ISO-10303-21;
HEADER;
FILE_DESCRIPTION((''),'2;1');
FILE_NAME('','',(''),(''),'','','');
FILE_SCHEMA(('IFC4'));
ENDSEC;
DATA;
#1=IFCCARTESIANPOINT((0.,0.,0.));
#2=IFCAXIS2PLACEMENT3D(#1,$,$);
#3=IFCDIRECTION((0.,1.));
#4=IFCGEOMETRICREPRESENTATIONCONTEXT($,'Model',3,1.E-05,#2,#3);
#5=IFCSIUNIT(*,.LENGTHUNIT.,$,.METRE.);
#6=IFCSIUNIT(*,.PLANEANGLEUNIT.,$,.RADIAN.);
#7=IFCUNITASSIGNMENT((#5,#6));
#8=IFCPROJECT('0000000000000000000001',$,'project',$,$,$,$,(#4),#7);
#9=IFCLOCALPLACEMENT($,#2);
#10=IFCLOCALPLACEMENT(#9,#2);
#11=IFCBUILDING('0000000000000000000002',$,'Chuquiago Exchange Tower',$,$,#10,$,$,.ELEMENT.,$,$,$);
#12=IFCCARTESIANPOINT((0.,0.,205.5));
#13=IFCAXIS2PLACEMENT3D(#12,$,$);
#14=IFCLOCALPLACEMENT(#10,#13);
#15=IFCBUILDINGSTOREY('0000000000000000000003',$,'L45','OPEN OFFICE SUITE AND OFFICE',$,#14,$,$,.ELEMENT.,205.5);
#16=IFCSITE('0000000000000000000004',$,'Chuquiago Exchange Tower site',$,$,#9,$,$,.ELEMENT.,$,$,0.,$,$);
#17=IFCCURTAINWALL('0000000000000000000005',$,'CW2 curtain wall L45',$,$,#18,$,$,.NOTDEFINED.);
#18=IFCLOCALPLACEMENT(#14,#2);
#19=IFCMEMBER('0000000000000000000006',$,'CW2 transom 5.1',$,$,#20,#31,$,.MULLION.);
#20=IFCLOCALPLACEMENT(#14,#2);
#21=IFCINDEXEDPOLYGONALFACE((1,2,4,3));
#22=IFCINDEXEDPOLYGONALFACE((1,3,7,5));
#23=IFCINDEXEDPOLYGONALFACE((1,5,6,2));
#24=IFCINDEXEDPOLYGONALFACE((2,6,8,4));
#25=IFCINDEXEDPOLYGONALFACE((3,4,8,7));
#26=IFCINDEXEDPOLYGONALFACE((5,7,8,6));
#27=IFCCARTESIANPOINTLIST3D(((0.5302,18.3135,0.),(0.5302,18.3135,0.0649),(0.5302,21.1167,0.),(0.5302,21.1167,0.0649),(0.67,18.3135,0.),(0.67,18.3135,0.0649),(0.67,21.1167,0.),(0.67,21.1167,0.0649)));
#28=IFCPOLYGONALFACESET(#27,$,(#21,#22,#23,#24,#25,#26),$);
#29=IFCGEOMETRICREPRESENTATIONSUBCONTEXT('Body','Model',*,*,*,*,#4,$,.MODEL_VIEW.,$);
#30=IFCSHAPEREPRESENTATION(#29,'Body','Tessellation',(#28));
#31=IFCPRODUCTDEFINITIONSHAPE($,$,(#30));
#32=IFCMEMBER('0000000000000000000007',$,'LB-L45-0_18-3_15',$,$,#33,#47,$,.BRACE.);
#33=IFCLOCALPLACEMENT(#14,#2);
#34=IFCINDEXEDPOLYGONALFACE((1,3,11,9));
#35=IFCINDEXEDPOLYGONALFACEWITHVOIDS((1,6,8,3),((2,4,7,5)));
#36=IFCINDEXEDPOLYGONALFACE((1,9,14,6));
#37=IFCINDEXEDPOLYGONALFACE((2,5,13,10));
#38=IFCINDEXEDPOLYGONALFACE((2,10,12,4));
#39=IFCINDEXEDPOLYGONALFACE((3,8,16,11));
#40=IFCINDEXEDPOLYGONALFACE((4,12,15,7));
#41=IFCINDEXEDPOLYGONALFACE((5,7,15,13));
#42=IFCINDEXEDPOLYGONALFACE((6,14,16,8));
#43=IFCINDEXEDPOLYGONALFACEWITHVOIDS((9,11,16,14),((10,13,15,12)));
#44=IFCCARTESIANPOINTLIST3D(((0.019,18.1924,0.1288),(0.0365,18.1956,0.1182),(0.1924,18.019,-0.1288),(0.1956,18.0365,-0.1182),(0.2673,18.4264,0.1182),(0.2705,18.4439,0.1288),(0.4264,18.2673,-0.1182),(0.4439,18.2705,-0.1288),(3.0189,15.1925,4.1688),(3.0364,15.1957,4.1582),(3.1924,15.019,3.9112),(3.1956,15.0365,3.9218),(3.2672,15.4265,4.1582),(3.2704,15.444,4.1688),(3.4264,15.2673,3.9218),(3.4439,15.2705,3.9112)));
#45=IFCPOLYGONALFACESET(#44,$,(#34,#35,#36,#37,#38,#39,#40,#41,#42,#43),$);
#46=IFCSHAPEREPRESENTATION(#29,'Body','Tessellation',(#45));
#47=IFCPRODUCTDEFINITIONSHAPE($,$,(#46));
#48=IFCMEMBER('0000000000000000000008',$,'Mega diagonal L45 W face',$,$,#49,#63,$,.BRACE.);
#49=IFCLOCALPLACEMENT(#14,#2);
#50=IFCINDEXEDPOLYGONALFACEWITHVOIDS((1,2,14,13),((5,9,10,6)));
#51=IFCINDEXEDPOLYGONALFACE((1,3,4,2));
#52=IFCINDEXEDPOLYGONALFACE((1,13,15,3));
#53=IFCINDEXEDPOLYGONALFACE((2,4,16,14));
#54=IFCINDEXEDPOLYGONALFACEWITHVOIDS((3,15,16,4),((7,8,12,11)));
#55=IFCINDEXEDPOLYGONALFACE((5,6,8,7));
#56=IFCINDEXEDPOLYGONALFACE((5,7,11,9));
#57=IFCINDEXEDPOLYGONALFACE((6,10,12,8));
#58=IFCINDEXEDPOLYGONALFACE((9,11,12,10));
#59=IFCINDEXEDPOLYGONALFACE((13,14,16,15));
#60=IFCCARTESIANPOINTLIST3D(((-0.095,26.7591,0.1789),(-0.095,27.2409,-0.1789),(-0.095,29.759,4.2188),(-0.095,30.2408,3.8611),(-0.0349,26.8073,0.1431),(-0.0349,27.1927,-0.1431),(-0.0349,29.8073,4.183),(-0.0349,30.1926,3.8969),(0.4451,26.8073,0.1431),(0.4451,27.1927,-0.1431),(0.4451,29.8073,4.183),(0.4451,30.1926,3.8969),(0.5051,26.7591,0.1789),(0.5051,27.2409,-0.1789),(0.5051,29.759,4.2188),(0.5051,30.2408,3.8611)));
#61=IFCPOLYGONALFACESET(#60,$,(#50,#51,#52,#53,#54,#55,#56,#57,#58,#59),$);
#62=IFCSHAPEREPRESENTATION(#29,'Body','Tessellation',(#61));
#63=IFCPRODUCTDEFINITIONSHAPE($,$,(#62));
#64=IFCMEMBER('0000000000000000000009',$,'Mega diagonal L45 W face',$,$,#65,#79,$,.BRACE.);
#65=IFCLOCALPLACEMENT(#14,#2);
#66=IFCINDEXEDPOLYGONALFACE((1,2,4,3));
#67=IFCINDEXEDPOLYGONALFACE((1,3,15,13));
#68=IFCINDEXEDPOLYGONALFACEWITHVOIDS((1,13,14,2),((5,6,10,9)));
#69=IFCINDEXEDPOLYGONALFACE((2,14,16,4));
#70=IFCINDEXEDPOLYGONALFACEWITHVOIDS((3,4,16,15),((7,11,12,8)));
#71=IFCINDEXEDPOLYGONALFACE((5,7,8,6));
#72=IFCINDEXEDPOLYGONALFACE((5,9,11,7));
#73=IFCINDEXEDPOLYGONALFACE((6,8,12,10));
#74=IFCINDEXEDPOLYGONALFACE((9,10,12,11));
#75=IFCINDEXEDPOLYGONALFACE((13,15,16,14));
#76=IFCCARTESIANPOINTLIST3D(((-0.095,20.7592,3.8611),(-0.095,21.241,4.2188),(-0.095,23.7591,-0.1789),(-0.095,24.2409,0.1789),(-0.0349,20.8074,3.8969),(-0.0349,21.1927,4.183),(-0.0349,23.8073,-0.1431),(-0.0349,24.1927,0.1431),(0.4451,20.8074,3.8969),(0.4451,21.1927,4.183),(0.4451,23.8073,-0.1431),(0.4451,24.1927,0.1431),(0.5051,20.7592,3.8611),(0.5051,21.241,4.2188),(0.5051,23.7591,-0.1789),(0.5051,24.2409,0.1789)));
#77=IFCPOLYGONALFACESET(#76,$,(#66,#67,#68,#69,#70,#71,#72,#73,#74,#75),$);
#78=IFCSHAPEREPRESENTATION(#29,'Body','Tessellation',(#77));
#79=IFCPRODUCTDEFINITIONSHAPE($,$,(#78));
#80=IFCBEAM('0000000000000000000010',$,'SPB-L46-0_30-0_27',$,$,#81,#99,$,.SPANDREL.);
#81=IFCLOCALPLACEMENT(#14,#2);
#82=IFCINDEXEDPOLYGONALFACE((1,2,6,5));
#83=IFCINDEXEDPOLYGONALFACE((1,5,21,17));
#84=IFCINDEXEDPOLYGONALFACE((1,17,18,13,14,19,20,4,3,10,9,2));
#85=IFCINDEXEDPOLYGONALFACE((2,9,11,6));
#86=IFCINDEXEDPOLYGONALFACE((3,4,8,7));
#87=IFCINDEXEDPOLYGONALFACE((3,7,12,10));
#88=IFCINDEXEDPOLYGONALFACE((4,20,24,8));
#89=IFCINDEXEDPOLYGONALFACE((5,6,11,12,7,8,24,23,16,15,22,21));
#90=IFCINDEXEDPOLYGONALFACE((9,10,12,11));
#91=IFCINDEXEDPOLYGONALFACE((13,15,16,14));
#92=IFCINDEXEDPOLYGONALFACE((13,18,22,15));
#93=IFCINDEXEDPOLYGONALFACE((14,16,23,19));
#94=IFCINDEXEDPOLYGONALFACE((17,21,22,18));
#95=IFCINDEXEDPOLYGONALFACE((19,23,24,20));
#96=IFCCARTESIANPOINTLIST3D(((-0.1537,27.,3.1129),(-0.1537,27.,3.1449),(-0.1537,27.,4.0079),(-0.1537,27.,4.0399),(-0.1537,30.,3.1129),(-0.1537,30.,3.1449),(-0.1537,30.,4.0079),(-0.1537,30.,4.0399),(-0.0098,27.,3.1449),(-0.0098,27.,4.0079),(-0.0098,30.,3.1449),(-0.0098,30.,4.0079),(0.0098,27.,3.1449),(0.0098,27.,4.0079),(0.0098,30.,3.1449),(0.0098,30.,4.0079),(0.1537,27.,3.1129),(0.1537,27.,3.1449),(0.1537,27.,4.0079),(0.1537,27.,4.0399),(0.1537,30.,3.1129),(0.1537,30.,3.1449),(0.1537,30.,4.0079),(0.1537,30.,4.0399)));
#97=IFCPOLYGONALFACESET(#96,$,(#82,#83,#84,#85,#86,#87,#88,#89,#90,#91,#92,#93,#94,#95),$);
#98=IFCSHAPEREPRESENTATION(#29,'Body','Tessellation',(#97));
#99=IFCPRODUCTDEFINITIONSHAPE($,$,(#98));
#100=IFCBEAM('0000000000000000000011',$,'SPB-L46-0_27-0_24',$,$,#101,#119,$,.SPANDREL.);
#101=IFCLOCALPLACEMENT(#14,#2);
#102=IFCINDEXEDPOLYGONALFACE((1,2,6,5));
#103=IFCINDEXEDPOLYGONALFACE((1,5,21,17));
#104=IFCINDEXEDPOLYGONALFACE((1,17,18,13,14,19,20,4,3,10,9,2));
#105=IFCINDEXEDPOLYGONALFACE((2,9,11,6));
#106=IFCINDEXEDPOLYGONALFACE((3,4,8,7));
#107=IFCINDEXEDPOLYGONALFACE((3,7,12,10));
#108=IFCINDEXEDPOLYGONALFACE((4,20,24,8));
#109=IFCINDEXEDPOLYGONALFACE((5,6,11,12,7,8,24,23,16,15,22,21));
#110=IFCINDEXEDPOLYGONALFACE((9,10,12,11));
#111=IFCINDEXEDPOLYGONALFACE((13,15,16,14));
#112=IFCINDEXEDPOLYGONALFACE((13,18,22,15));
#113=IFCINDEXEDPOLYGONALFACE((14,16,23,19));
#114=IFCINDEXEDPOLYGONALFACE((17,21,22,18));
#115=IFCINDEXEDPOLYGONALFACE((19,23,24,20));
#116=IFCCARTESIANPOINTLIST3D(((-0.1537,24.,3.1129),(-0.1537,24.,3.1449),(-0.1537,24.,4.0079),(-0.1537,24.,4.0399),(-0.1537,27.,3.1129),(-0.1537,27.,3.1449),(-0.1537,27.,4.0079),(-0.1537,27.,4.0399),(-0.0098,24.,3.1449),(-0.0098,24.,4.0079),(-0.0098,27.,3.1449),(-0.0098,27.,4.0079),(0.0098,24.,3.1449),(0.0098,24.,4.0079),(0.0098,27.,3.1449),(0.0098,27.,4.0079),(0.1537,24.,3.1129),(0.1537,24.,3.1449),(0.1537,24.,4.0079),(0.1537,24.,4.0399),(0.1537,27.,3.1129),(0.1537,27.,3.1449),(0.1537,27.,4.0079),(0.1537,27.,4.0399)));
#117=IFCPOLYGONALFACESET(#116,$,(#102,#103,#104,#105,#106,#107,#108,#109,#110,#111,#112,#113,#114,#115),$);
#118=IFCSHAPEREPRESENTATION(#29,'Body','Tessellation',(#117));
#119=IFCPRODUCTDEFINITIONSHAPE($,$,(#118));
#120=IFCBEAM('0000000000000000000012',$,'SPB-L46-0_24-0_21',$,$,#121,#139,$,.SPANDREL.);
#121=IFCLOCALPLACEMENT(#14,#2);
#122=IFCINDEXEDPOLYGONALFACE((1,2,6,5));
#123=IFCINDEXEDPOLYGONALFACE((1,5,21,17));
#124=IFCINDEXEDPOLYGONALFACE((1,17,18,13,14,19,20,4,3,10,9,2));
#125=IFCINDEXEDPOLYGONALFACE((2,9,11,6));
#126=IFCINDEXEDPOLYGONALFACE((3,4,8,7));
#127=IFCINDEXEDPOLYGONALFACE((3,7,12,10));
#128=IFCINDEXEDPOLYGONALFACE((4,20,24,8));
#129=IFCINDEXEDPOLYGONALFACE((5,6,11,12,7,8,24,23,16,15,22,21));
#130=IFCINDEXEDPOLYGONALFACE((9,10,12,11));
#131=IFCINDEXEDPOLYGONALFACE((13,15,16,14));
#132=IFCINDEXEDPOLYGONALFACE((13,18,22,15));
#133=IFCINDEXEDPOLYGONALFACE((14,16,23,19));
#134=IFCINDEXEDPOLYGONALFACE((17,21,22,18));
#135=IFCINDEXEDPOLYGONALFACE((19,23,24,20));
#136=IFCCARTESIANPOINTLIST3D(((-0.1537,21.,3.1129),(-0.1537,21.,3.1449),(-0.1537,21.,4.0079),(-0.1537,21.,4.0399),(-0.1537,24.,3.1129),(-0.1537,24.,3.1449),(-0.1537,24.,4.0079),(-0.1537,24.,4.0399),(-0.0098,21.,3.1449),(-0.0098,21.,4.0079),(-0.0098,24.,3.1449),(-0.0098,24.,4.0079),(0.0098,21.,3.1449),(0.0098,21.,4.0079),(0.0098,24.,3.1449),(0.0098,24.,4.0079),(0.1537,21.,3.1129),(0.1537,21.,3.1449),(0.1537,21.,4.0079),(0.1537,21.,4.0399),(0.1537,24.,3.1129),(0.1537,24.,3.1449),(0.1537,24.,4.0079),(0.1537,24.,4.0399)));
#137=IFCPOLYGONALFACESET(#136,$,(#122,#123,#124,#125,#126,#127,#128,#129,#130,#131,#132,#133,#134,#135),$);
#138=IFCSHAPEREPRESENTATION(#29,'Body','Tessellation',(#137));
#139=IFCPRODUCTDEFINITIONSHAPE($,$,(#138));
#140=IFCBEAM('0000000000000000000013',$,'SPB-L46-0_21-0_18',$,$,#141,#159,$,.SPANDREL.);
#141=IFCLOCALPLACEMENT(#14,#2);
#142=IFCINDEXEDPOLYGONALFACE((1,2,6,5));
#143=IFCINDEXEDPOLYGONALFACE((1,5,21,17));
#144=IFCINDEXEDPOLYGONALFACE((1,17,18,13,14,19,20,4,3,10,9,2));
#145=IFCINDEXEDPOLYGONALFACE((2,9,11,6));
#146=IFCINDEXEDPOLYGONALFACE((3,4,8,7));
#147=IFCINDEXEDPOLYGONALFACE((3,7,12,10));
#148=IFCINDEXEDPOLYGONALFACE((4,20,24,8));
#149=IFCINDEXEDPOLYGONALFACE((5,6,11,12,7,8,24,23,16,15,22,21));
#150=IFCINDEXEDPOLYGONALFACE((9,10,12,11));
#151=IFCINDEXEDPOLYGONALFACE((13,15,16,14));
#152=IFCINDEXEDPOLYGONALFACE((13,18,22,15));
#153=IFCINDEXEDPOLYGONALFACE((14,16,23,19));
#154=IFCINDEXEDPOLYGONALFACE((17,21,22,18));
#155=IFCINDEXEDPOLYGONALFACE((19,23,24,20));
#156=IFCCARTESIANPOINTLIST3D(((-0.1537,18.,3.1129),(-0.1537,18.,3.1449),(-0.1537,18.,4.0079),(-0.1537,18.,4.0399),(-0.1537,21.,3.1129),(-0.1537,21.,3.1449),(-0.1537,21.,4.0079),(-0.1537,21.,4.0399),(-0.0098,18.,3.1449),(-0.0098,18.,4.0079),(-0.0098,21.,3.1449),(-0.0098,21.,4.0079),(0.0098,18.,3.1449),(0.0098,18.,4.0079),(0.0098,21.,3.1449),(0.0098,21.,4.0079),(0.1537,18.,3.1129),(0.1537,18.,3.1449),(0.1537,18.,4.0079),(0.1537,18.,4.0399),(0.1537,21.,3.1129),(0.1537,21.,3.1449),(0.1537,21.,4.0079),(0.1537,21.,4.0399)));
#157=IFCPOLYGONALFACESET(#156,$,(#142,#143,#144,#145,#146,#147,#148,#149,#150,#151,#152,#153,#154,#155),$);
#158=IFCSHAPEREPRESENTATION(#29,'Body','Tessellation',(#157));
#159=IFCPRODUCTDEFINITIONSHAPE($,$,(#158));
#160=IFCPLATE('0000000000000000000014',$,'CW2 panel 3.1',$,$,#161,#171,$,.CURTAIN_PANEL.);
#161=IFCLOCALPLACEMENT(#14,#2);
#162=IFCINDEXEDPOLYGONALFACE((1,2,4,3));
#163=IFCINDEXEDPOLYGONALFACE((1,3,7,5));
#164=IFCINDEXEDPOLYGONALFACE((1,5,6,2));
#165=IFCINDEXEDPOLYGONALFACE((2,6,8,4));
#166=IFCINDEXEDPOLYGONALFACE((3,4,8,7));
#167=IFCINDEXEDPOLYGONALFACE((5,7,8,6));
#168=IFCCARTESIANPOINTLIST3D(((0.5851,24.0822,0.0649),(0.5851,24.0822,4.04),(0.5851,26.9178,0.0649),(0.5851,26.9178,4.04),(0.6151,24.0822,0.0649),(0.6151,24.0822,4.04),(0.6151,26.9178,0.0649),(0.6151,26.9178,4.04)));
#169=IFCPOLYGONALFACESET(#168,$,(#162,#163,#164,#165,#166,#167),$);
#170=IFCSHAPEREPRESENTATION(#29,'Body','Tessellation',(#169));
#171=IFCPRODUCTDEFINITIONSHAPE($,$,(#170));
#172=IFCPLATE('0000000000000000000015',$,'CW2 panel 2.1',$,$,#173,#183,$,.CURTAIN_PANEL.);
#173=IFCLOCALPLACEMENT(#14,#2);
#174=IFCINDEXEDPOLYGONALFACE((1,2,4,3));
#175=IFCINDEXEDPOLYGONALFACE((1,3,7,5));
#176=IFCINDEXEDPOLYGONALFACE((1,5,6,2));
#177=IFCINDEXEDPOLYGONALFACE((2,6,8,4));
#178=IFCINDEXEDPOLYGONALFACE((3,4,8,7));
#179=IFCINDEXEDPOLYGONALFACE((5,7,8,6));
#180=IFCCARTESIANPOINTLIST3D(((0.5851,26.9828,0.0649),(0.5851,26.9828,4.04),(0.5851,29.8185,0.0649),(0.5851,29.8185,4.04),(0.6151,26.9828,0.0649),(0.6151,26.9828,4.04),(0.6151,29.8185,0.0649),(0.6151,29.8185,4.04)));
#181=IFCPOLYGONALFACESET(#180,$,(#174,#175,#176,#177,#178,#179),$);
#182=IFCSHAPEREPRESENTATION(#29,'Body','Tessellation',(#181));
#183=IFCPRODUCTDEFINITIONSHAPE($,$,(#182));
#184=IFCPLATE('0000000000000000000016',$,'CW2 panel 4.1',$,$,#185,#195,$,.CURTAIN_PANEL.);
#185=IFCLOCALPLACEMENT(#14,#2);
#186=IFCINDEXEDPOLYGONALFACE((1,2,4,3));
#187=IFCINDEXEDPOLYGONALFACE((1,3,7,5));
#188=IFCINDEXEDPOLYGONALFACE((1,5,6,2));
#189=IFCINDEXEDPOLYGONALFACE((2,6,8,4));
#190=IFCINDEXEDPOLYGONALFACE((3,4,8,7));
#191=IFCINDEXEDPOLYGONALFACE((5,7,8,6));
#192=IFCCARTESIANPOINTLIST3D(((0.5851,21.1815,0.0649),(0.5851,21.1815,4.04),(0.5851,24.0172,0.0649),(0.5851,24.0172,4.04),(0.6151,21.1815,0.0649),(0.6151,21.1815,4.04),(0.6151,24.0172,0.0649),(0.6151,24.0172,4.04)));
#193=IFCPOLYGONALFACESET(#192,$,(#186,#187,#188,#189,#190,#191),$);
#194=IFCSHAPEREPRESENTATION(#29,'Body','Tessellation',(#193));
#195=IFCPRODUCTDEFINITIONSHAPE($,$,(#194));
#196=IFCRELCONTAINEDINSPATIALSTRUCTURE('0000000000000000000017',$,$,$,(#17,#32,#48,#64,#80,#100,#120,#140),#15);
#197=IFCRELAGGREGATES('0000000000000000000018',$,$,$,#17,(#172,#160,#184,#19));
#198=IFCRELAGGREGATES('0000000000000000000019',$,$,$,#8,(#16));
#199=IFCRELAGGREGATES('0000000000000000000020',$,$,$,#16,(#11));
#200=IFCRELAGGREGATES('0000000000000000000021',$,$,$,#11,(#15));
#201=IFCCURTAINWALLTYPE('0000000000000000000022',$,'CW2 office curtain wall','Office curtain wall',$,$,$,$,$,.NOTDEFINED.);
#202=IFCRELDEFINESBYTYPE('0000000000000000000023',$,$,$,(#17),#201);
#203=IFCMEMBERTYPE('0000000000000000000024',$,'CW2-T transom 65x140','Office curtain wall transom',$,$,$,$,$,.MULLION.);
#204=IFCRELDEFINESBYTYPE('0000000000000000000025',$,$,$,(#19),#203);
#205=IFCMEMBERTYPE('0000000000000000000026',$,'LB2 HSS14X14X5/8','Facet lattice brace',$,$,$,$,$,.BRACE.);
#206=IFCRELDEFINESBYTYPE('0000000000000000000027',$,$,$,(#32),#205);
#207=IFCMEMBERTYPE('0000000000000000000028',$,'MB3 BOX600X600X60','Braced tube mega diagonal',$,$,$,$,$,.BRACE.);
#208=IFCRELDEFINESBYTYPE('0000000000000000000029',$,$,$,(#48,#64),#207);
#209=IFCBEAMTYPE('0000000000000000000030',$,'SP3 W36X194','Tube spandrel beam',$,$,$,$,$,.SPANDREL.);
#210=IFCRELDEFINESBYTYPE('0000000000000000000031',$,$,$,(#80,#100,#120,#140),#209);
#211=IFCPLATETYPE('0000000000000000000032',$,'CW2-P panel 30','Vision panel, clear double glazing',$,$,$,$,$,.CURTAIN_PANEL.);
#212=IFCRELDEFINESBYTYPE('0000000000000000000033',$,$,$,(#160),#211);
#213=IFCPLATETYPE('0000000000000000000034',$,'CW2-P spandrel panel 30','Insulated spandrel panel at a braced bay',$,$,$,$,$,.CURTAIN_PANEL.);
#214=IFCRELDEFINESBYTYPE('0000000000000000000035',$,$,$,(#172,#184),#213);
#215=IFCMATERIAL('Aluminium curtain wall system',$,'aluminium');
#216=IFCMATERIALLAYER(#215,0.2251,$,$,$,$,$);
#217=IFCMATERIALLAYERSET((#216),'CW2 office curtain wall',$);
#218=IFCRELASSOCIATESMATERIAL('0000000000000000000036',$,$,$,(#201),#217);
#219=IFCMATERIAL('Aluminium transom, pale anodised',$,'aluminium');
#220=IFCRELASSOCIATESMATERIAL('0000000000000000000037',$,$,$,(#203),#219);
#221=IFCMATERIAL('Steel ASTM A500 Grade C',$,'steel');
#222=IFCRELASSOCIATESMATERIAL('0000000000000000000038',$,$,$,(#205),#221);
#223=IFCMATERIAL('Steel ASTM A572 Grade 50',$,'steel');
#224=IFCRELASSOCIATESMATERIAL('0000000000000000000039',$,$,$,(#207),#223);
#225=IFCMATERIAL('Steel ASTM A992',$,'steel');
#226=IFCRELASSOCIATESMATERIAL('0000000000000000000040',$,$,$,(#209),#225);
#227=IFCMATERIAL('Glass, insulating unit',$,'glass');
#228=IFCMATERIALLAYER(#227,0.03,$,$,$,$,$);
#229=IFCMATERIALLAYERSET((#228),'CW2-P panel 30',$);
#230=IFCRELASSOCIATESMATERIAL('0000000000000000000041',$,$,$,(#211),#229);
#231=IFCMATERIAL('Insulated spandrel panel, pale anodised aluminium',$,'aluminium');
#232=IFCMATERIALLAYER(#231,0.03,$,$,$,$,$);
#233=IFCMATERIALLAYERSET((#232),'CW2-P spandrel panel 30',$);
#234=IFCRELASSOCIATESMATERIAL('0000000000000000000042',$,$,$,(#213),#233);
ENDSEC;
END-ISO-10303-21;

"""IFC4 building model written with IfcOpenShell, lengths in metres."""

from ifc_helpers import new_model, si_unit, direction, frame, origin, origin_2d, place, context, subcontext, project, spatial, rectangle, hollow_rectangle, i_section, extrude, material, layer, layer_set, material_profile, profile_set, type_object, element, aggregate, save


model = new_model("IFC4")

# Units and contexts
model_context = context("Model", 3, precision=1e-05, world=origin(), true_north=direction((0.0, 1.0)))
body_context = subcontext(model_context, "Body", "Model", "MODEL_VIEW")
ifc_project = project(units=[si_unit("LENGTHUNIT", "METRE"), si_unit("PLANEANGLEUNIT", "RADIAN")], contexts=[model_context])

# Site, building, storey
site_placement = place(None, origin())
site = spatial("IfcSite", under=ifc_project, at=site_placement, Name="Chuquiago Exchange Tower site", CompositionType="ELEMENT", RefElevation=0.0)
building_placement = place(site_placement, origin())
building = spatial("IfcBuilding", under=site, at=building_placement, Name="Chuquiago Exchange Tower", CompositionType="ELEMENT")
storey_placement = place(building_placement, frame((0.0, 0.0, 205.5)))
storey = spatial("IfcBuildingStorey", under=building, at=storey_placement, Name="L45", Description="OPEN OFFICE SUITE AND OFFICE", CompositionType="ELEMENT", Elevation=205.5)

# Curtain wall, member
ifc_material_1 = material(Name="Aluminium curtain wall system", Category="aluminium")
ifc_layer_1 = layer(ifc_material_1, 0.2251)
ifc_layer_set_1 = layer_set([ifc_layer_1], Name="CW2 office curtain wall")
curtain_wall_type = type_object("IfcCurtainWallType", Name="CW2 office curtain wall", Description="Office curtain wall", PredefinedType="NOTDEFINED", material=ifc_layer_set_1)
curtain_wall_placement = place(storey_placement, origin())
curtain_wall = element("IfcCurtainWall", 1, at=curtain_wall_placement, inside=storey, type_object=curtain_wall_type, Name="CW2 curtain wall L45", PredefinedType="NOTDEFINED")
ifc_material_2 = material(Name="Aluminium transom, pale anodised", Category="aluminium")
ifc_material_profile_1 = material_profile(ifc_material_2, rectangle(XDim=0.1399, YDim=0.0649, at=origin_2d()), Name="AL 140x65")
ifc_profile_set_1 = profile_set([ifc_material_profile_1], Name="Aluminium transom, pale anodised")
member_type_1 = type_object("IfcMemberType", Name="CW2-T transom 65x140", Description="Office curtain wall transom", PredefinedType="MULLION", material=ifc_profile_set_1)
member_1_placement = place(storey_placement, frame((0.6001, 21.1167, 0.0325), z_axis=(0.0, -1.0, 0.0), x_axis=(1.0, 0.0, 0.0)))
member_1 = element("IfcMember", 2, at=member_1_placement, type_object=member_type_1, Name="CW2 transom 5.1", PredefinedType="MULLION", context=body_context, shape_type="SweptSolid", body=[
    extrude(rectangle(XDim=0.1399, YDim=0.0649, at=origin_2d()), origin(), (0.0, 0.0, 1.0), 2.8032),
])

# Members
ifc_material_3 = material(Name="Steel ASTM A500 Grade C", Category="steel")
ifc_material_profile_2 = material_profile(ifc_material_3, hollow_rectangle(XDim=0.3557, YDim=0.3557, WallThickness=0.0146, at=origin_2d()), Name="HSS14X14X5/8")
ifc_profile_set_2 = profile_set([ifc_material_profile_2], Name="Steel ASTM A500 Grade C")
member_type_2 = type_object("IfcMemberType", Name="LB2 HSS14X14X5/8", Description="Facet lattice brace", PredefinedType="BRACE", material=ifc_profile_set_2)
member_2_placement = place(storey_placement, frame((0.2314, 18.2314, 0.0), z_axis=(0.512077, -0.512077, 0.689604), x_axis=(0.707107, 0.707107, 0.0)))
element("IfcMember", 3, at=member_2_placement, inside=storey, type_object=member_type_2, Name="LB-L45-0_18-3_15", PredefinedType="BRACE", context=body_context, shape_type="SweptSolid", body=[
    extrude(hollow_rectangle(XDim=0.3557, YDim=0.3557, WallThickness=0.0146, at=origin_2d()), origin(), (0.0, 0.0, 1.0), 5.8584),
])
ifc_material_4 = material(Name="Steel ASTM A572 Grade 50", Category="steel")
ifc_material_profile_3 = material_profile(ifc_material_4, hollow_rectangle(XDim=0.6001, YDim=0.6001, WallThickness=0.0601, at=origin_2d()), Name="BOX600X600X60")
ifc_profile_set_3 = profile_set([ifc_material_profile_3], Name="Steel ASTM A572 Grade 50")
member_type_3 = type_object("IfcMemberType", Name="MB3 BOX600X600X60", Description="Braced tube mega diagonal", PredefinedType="BRACE", material=ifc_profile_set_3)
for number, where, z_axis, x_axis, name in (
    (4, (0.2051, 27.0, 0.0), (0.0, 0.596174, 0.802855), (-1.0, 0.0, 0.0), "Mega diagonal L45 W face"),
    (5, (0.2051, 24.0, 0.0), (0.0, -0.596174, 0.802855), (1.0, 0.0, 0.0), "Mega diagonal L45 W face"),
):
    element("IfcMember", number, at=place(storey_placement, frame(where, z_axis=z_axis, x_axis=x_axis)), inside=storey, type_object=member_type_3, Name=name, PredefinedType="BRACE", context=body_context, shape_type="SweptSolid", body=[
        extrude(hollow_rectangle(XDim=0.6001, YDim=0.6001, WallThickness=0.0601, at=origin_2d()), origin(), (0.0, 0.0, 1.0), 5.032),
    ])

# Beams
ifc_material_5 = material(Name="Steel ASTM A992", Category="steel")
ifc_material_profile_4 = material_profile(ifc_material_5, i_section(OverallWidth=0.3074, OverallDepth=0.927, WebThickness=0.0195, FlangeThickness=0.032, at=origin_2d()), Name="W36X194")
ifc_profile_set_4 = profile_set([ifc_material_profile_4], Name="Steel ASTM A992")
beam_type = type_object("IfcBeamType", Name="SP3 W36X194", Description="Tube spandrel beam", PredefinedType="SPANDREL", material=ifc_profile_set_4)
for number, where, z_axis, x_axis, name in (
    (6, (0.0, 30.0, 3.5764), (0.0, -1.0, 0.0), (1.0, 0.0, 0.0), "SPB-L46-0_30-0_27"),
    (7, (0.0, 27.0, 3.5764), (0.0, -1.0, 0.0), (1.0, 0.0, 0.0), "SPB-L46-0_27-0_24"),
    (8, (0.0, 24.0, 3.5764), (0.0, -1.0, 0.0), (1.0, 0.0, 0.0), "SPB-L46-0_24-0_21"),
    (9, (0.0, 21.0, 3.5764), (0.0, -1.0, 0.0), (1.0, 0.0, 0.0), "SPB-L46-0_21-0_18"),
):
    element("IfcBeam", number, at=place(storey_placement, frame(where, z_axis=z_axis, x_axis=x_axis)), inside=storey, type_object=beam_type, Name=name, PredefinedType="SPANDREL", context=body_context, shape_type="SweptSolid", body=[
        extrude(i_section(OverallWidth=0.3074, OverallDepth=0.927, WebThickness=0.0195, FlangeThickness=0.032, at=origin_2d()), origin(), (0.0, 0.0, 1.0), 3.0),
    ])

# Plates
ifc_material_6 = material(Name="Glass, insulating unit", Category="glass")
ifc_layer_2 = layer(ifc_material_6, 0.03)
ifc_layer_set_2 = layer_set([ifc_layer_2], Name="CW2-P panel 30")
plate_type_1 = type_object("IfcPlateType", Name="CW2-P panel 30", Description="Vision panel, clear double glazing", PredefinedType="CURTAIN_PANEL", material=ifc_layer_set_2)
plate_1_placement = place(storey_placement, frame((0.6001, 25.5, 0.0649), z_axis=(0.0, 0.0, 1.0), x_axis=(0.0, -1.0, 0.0)))
plate_1 = element("IfcPlate", 10, at=plate_1_placement, type_object=plate_type_1, Name="CW2 panel 3.1", PredefinedType="CURTAIN_PANEL", context=body_context, shape_type="SweptSolid", body=[
    extrude(rectangle(XDim=2.8357, YDim=0.03, at=origin_2d()), origin(), (0.0, 0.0, 1.0), 3.9751),
])
ifc_material_7 = material(Name="Insulated spandrel panel, pale anodised aluminium", Category="aluminium")
ifc_layer_3 = layer(ifc_material_7, 0.03)
ifc_layer_set_3 = layer_set([ifc_layer_3], Name="CW2-P spandrel panel 30")
plate_type_2 = type_object("IfcPlateType", Name="CW2-P spandrel panel 30", Description="Insulated spandrel panel at a braced bay", PredefinedType="CURTAIN_PANEL", material=ifc_layer_set_3)
plate_2_placement = place(storey_placement, frame((0.6001, 28.4006, 0.0649), z_axis=(0.0, 0.0, 1.0), x_axis=(0.0, -1.0, 0.0)))
plate_2 = element("IfcPlate", 11, at=plate_2_placement, type_object=plate_type_2, Name="CW2 panel 2.1", PredefinedType="CURTAIN_PANEL", context=body_context, shape_type="SweptSolid", body=[
    extrude(rectangle(XDim=2.8357, YDim=0.03, at=origin_2d()), origin(), (0.0, 0.0, 1.0), 3.9751),
])
plate_3_placement = place(storey_placement, frame((0.6001, 22.5994, 0.0649), z_axis=(0.0, 0.0, 1.0), x_axis=(0.0, -1.0, 0.0)))
plate_3 = element("IfcPlate", 12, at=plate_3_placement, type_object=plate_type_2, Name="CW2 panel 4.1", PredefinedType="CURTAIN_PANEL", context=body_context, shape_type="SweptSolid", body=[
    extrude(rectangle(XDim=2.8357, YDim=0.03, at=origin_2d()), origin(), (0.0, 0.0, 1.0), 3.9751),
])
aggregate(curtain_wall, [plate_2, plate_1, plate_3, member_1])

save(model, "model.ifc")
